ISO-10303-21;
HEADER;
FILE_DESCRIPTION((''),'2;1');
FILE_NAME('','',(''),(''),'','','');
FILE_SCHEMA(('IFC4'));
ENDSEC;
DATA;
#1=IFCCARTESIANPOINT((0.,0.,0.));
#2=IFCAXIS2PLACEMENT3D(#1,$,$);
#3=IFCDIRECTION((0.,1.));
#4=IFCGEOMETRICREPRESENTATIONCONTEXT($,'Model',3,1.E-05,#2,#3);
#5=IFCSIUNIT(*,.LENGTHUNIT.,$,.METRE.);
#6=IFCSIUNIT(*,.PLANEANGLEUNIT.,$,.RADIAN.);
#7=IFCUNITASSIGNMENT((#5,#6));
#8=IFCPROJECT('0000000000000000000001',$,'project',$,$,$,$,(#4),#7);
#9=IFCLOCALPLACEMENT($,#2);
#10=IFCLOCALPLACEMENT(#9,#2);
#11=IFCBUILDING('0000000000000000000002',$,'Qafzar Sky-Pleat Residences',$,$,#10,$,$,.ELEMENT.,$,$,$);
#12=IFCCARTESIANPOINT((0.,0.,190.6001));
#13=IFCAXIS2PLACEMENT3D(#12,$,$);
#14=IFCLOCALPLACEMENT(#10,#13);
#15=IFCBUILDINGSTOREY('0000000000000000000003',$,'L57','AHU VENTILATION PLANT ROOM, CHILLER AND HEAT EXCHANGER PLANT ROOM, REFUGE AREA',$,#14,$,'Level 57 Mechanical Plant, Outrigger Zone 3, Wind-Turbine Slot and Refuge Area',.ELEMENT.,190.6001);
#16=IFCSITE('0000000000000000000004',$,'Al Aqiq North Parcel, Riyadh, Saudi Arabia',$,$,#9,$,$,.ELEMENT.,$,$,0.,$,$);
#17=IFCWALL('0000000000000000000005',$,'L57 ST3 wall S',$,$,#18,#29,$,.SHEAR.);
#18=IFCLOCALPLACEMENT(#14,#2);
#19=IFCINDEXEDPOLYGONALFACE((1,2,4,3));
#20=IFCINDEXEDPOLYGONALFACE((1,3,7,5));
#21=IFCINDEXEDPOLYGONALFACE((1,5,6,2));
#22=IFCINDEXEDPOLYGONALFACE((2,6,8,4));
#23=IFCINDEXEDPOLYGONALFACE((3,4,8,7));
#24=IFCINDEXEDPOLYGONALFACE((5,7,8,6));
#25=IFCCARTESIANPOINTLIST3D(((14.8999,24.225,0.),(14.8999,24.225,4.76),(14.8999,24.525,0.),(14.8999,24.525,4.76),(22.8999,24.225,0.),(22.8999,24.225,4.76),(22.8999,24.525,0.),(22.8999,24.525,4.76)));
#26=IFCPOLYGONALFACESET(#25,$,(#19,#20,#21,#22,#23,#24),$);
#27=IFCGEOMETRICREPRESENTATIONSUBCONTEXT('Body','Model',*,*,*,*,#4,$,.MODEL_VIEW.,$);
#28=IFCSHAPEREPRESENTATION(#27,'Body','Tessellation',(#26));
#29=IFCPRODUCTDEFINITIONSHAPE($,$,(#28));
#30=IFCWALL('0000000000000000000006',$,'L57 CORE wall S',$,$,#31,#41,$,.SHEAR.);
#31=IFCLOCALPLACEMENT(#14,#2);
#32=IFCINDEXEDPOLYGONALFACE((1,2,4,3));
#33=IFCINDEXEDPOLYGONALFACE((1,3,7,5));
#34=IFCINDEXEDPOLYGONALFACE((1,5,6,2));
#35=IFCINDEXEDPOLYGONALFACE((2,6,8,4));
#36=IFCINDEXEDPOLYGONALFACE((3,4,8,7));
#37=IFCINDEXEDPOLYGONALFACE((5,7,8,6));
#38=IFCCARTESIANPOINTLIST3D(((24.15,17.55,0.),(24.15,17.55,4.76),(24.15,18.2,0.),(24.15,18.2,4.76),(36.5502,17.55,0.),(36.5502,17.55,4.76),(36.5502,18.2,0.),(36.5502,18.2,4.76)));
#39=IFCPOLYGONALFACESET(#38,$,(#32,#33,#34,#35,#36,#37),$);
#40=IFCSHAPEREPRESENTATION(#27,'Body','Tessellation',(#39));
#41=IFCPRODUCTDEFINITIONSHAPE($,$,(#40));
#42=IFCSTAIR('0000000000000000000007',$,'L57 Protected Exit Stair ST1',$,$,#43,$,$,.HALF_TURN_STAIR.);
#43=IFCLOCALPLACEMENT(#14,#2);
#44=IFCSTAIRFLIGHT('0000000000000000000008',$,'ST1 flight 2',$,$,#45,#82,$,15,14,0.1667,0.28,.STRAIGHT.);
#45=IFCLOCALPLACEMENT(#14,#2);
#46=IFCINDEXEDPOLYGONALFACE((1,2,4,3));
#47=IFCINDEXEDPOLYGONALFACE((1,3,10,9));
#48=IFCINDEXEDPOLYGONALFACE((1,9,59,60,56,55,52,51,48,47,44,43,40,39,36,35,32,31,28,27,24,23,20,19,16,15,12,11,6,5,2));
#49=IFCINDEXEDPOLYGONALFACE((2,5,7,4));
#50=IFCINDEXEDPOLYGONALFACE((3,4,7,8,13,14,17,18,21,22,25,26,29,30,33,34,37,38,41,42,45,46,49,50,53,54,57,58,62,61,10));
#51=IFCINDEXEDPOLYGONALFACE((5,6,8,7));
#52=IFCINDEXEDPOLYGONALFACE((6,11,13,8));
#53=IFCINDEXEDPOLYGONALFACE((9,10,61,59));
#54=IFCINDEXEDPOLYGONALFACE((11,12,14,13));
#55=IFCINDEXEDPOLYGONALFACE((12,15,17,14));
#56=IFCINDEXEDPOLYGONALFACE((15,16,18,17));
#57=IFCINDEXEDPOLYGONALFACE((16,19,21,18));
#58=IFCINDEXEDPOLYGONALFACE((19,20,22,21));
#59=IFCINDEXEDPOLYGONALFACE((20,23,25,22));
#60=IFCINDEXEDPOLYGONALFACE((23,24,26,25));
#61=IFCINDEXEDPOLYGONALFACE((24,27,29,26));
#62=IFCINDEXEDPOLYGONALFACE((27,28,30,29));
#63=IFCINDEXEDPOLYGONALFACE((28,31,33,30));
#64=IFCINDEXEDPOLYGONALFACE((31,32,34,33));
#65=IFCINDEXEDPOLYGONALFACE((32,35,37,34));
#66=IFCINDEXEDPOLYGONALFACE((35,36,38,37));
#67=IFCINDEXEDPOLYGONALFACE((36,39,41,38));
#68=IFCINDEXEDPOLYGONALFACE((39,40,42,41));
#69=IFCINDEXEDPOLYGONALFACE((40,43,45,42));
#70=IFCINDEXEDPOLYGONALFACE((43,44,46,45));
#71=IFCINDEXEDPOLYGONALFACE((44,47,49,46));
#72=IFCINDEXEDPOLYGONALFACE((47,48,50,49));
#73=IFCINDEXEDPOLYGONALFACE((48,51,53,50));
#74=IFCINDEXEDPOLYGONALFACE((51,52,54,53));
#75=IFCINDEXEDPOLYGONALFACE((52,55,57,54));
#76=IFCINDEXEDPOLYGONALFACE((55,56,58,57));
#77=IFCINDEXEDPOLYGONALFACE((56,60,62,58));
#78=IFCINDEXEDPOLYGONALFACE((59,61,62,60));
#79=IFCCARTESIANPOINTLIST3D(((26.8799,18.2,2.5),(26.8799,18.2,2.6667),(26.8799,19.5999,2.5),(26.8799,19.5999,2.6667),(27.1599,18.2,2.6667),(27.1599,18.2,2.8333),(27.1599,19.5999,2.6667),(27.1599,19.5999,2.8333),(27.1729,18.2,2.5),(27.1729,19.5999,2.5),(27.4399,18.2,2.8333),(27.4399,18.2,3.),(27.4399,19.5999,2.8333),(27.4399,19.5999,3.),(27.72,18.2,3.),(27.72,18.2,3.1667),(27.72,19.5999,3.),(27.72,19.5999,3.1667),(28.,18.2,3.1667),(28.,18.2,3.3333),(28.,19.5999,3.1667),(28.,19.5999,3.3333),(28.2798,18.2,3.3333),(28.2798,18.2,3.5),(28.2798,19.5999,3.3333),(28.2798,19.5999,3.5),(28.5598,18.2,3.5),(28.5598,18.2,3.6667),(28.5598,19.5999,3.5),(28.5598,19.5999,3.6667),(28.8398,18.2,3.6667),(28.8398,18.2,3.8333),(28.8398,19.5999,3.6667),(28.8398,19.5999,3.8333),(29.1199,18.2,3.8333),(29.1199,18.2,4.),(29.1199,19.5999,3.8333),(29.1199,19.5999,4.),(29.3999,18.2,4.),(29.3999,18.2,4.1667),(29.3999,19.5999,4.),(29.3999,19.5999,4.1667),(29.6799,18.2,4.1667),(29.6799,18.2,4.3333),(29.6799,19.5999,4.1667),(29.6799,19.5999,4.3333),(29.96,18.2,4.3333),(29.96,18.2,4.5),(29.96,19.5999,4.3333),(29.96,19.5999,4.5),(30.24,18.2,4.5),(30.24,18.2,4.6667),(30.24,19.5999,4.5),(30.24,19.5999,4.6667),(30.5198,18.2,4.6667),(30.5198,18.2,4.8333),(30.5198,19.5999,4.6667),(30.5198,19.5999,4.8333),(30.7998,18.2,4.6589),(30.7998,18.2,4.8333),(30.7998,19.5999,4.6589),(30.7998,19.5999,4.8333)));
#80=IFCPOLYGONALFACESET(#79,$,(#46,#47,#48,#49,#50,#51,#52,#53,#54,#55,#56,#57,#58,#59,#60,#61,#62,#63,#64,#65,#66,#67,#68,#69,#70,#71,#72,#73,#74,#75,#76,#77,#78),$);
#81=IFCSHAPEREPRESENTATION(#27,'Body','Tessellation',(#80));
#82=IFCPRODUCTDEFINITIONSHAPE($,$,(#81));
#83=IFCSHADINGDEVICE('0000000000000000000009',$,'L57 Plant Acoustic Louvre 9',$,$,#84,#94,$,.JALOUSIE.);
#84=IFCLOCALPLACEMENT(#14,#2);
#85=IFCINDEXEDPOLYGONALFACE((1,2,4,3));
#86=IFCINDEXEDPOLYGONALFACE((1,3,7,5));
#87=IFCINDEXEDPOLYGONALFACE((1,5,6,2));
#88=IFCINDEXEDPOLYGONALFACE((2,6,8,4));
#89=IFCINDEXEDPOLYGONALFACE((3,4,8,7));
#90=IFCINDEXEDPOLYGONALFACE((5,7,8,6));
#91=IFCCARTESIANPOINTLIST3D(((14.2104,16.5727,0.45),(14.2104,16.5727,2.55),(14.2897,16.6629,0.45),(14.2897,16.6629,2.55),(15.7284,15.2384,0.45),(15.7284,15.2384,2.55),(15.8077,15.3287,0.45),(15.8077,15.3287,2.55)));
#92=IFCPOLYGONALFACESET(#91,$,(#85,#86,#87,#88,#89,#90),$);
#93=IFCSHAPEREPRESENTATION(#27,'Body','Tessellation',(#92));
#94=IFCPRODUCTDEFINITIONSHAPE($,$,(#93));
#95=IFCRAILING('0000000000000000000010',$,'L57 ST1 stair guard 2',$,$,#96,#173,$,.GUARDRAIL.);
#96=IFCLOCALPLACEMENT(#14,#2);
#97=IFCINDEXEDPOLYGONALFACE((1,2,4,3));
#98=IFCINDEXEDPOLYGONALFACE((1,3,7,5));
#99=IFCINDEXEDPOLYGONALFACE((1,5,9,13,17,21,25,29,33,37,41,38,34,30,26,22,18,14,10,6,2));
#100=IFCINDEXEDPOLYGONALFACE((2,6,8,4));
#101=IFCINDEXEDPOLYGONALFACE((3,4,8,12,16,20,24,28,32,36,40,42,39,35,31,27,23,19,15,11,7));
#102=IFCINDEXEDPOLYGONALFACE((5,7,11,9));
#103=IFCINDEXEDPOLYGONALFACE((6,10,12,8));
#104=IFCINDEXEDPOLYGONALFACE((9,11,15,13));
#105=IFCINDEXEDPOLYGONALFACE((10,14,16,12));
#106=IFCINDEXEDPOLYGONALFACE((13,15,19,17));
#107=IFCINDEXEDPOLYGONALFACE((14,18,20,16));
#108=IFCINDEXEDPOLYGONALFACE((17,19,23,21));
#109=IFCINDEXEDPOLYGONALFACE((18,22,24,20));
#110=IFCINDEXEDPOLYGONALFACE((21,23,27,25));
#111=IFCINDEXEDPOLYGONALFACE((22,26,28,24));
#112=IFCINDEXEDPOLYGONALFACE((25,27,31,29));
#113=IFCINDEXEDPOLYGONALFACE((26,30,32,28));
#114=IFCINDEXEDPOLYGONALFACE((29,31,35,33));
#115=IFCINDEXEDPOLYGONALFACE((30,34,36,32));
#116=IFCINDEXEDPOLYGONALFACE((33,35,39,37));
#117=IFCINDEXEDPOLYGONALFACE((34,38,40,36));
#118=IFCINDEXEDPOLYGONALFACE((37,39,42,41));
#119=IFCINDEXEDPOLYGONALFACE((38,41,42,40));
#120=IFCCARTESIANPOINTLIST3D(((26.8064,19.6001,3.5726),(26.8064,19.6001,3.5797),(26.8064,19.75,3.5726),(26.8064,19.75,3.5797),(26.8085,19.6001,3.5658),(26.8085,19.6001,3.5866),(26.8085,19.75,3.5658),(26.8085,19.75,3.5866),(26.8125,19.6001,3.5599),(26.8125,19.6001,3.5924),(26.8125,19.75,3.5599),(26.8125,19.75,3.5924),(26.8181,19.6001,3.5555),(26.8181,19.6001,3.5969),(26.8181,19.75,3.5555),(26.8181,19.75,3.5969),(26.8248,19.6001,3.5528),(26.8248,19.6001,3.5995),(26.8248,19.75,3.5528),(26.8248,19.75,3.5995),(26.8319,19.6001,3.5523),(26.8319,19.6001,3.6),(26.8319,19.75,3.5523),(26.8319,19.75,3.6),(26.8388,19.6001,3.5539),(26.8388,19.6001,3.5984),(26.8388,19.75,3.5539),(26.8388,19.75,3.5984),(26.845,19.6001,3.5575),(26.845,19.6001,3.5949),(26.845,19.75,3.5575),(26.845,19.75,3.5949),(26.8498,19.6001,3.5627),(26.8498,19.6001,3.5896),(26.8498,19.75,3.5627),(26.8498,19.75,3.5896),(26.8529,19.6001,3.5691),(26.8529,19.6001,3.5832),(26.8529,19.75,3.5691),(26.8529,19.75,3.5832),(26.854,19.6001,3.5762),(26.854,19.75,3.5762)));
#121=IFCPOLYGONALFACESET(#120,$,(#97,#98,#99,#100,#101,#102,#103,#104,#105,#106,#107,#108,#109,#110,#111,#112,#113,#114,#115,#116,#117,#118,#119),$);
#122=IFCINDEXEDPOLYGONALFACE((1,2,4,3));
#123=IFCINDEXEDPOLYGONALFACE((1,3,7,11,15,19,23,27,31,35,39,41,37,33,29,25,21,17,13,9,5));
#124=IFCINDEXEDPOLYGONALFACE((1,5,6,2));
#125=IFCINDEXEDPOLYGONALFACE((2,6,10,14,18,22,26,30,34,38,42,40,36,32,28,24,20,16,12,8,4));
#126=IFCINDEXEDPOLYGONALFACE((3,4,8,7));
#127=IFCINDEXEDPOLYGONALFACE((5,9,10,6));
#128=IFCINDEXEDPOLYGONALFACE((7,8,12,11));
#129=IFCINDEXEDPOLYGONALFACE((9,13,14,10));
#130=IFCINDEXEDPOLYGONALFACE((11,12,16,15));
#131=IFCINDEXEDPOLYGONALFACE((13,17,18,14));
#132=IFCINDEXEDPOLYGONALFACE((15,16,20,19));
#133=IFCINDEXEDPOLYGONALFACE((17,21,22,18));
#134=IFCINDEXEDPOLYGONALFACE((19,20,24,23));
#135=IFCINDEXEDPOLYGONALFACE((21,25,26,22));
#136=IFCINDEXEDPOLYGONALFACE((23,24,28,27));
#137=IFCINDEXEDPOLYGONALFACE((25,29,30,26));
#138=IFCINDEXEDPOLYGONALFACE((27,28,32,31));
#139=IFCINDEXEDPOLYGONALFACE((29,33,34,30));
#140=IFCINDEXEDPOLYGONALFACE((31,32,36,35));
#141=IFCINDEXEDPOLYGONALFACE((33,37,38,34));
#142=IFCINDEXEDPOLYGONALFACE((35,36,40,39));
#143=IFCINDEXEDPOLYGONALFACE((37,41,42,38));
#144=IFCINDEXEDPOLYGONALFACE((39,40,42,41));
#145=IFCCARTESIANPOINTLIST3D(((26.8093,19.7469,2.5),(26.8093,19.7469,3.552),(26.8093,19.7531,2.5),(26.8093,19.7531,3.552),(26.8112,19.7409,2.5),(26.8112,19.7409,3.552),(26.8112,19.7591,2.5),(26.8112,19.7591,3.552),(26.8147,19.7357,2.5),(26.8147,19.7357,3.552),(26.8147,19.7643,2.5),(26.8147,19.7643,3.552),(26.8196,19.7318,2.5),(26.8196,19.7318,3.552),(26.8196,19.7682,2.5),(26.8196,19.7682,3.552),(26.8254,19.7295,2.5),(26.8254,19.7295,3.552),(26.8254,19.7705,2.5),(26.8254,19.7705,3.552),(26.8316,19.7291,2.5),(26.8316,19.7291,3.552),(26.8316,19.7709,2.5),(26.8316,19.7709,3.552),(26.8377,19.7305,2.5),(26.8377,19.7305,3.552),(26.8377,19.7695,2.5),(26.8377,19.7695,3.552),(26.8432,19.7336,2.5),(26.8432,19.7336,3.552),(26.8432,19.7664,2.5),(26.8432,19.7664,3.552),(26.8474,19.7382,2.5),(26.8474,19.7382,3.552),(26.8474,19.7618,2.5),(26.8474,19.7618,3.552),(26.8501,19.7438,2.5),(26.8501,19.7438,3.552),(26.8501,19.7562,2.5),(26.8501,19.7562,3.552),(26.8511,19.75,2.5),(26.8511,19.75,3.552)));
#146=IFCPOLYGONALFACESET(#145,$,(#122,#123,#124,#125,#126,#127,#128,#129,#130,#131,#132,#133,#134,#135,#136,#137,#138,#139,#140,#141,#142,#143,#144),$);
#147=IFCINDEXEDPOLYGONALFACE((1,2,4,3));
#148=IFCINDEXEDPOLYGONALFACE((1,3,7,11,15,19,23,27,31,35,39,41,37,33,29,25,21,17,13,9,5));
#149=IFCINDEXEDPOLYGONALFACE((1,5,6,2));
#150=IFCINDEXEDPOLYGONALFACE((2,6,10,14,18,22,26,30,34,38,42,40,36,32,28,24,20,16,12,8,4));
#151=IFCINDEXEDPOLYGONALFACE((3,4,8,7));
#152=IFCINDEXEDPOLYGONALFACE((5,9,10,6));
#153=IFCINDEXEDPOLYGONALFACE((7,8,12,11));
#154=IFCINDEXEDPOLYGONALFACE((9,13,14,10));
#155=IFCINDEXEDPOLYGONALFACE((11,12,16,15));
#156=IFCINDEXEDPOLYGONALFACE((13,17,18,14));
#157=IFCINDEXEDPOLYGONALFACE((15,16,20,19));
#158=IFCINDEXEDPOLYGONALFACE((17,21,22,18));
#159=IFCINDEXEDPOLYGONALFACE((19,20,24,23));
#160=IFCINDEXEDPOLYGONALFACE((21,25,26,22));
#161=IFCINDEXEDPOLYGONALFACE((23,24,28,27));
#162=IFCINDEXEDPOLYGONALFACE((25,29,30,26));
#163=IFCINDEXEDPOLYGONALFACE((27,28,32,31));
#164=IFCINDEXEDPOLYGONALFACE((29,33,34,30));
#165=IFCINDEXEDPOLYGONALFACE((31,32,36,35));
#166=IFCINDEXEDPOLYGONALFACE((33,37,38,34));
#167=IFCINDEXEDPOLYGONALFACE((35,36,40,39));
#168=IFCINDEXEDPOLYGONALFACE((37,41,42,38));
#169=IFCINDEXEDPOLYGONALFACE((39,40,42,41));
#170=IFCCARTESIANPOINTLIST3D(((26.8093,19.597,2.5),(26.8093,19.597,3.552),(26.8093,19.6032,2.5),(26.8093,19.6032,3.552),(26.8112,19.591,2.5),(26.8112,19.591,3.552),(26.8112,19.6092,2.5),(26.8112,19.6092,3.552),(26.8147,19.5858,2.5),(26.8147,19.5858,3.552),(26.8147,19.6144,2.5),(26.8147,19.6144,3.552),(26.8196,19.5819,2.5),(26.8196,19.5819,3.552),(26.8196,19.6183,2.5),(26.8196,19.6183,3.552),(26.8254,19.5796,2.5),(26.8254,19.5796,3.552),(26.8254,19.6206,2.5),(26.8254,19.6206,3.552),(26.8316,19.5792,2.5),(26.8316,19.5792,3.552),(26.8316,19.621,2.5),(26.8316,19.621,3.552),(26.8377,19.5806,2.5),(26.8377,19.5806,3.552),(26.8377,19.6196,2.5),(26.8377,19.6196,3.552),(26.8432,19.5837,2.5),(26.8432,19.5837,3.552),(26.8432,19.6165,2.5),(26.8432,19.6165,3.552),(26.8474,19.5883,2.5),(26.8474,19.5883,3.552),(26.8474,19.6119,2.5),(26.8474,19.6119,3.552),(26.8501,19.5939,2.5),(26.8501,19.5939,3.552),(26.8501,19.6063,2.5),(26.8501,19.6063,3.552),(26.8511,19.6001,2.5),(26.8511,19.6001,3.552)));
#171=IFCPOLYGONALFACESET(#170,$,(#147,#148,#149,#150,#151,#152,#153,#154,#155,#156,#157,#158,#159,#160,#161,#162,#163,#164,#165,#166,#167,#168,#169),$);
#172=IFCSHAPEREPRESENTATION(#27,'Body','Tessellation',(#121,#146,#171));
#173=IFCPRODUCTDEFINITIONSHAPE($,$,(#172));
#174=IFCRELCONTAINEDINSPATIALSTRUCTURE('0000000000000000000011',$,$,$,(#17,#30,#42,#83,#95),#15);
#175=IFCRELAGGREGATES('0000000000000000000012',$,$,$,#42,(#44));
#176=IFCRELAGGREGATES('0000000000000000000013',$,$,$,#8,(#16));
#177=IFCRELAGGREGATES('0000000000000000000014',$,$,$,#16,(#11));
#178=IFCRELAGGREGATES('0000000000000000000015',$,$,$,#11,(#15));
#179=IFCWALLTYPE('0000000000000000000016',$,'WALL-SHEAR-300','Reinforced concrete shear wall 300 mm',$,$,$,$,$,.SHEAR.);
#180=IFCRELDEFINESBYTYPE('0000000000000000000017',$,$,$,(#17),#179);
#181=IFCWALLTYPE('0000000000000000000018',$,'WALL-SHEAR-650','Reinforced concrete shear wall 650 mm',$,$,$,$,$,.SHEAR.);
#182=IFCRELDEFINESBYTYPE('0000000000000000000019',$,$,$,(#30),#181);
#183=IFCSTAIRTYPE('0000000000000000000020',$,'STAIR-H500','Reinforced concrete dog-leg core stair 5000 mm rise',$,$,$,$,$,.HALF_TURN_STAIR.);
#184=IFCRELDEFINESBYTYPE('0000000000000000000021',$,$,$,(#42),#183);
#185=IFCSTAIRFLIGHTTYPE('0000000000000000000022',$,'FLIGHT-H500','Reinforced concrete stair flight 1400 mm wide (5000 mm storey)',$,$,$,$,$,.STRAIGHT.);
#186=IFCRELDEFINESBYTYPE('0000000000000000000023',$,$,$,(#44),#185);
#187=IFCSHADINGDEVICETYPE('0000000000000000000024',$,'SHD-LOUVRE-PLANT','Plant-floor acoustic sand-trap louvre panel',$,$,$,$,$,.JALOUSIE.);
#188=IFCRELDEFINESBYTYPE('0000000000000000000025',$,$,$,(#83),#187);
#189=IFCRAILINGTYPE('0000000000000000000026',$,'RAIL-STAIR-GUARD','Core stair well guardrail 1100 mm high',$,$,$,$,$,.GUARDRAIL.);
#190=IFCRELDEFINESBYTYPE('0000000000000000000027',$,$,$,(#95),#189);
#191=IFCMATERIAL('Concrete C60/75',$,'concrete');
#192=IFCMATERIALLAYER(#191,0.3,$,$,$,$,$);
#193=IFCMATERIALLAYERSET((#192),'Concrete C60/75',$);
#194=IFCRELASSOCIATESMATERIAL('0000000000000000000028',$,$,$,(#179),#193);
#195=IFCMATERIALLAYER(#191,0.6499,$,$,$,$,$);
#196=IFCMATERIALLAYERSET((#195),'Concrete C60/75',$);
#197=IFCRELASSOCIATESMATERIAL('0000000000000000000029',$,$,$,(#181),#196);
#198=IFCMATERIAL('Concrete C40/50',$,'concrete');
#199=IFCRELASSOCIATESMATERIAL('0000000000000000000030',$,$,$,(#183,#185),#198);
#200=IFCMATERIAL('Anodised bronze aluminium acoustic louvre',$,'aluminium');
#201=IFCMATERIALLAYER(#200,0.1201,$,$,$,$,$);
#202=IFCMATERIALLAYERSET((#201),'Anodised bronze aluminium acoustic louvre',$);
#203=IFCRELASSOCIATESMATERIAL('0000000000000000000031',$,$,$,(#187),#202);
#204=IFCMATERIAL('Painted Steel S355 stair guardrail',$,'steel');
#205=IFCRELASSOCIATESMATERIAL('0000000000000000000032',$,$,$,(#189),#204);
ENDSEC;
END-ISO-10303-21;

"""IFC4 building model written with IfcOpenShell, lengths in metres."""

from ifc_helpers import new_model, si_unit, direction, frame, frame_2d, origin, origin_2d, place, context, subcontext, project, spatial, polyline, rectangle, circle, outline, extrude, source, transform, mapped, material, layer, layer_set, type_object, element, aggregate, save


model = new_model("IFC4")

# Units and contexts
model_context = context("Model", 3, precision=1e-05, world=origin(), true_north=direction((0.0, 1.0)))
body_context = subcontext(model_context, "Body", "Model", "MODEL_VIEW")
ifc_project = project(units=[si_unit("LENGTHUNIT", "METRE"), si_unit("PLANEANGLEUNIT", "RADIAN")], contexts=[model_context])

# Site, building, storey
site_placement = place(None, origin())
site = spatial("IfcSite", under=ifc_project, at=site_placement, Name="Al Aqiq North Parcel, Riyadh, Saudi Arabia", CompositionType="ELEMENT", RefElevation=0.0)
building_placement = place(site_placement, origin())
building = spatial("IfcBuilding", under=site, at=building_placement, Name="Qafzar Sky-Pleat Residences", CompositionType="ELEMENT")
storey_placement = place(building_placement, frame((0.0, 0.0, 190.6001)))
storey = spatial("IfcBuildingStorey", under=building, at=storey_placement, Name="L57", Description="AHU VENTILATION PLANT ROOM, CHILLER AND HEAT EXCHANGER PLANT ROOM, REFUGE AREA", LongName="Level 57 Mechanical Plant, Outrigger Zone 3, Wind-Turbine Slot and Refuge Area", CompositionType="ELEMENT", Elevation=190.6001)

# Shared definitions
ifc_material_1 = material(Name="Concrete C60/75", Category="concrete")
ifc_layer_1 = layer(ifc_material_1, 0.3)
ifc_layer_set_1 = layer_set([ifc_layer_1], Name="Concrete C60/75")
wall_type_1 = type_object("IfcWallType", Name="WALL-SHEAR-300", Description="Reinforced concrete shear wall 300 mm", PredefinedType="SHEAR", material=ifc_layer_set_1)

# Wall
wall_1_placement = place(storey_placement, frame((14.8999, 24.375, 0.0), z_axis=(0.0, 0.0, 1.0), x_axis=(1.0, 0.0, 0.0)))
element("IfcWall", 1, at=wall_1_placement, inside=storey, type_object=wall_type_1, Name="L57 ST3 wall S", PredefinedType="SHEAR", context=body_context, shape_type="SweptSolid", body=[
    extrude(rectangle(XDim=8.0, YDim=0.3, at=frame_2d((4.0, 0.0))), origin(), (0.0, 0.0, 1.0), 4.76),
])

# Wall
ifc_layer_2 = layer(ifc_material_1, 0.6499)
ifc_layer_set_2 = layer_set([ifc_layer_2], Name="Concrete C60/75")
wall_type_2 = type_object("IfcWallType", Name="WALL-SHEAR-650", Description="Reinforced concrete shear wall 650 mm", PredefinedType="SHEAR", material=ifc_layer_set_2)
wall_2_placement = place(storey_placement, frame((24.1499, 17.875, 0.0), z_axis=(0.0, 0.0, 1.0), x_axis=(1.0, 0.0, 0.0)))
element("IfcWall", 2, at=wall_2_placement, inside=storey, type_object=wall_type_2, Name="L57 CORE wall S", PredefinedType="SHEAR", context=body_context, shape_type="SweptSolid", body=[
    extrude(rectangle(XDim=12.4001, YDim=0.6499, at=frame_2d((6.2002, 0.0))), origin(), (0.0, 0.0, 1.0), 4.76),
])

# Stair, stair flight
ifc_material_2 = material(Name="Concrete C40/50", Category="concrete")
stair_type = type_object("IfcStairType", Name="STAIR-H500", Description="Reinforced concrete dog-leg core stair 5000 mm rise", PredefinedType="HALF_TURN_STAIR", material=ifc_material_2)
stair_placement = place(storey_placement, origin())
stair = element("IfcStair", 3, at=stair_placement, inside=storey, type_object=stair_type, Name="L57 Protected Exit Stair ST1", PredefinedType="HALF_TURN_STAIR")
stair_flight_type = type_object("IfcStairFlightType", Name="FLIGHT-H500", Description="Reinforced concrete stair flight 1400 mm wide (5000 mm storey)", PredefinedType="STRAIGHT", material=ifc_material_2)
shared_shape_1 = source(origin(), body_context, "Body", "SweptSolid", [
    extrude(outline(polyline([(0.0, 0.0), (0.0, 0.1667), (0.28, 0.1667), (0.28, 0.3333), (0.5601, 0.3333), (0.5601, 0.5), (0.8401, 0.5), (0.8401, 0.6667), (1.1201, 0.6667), (1.1201, 0.8333), (1.3999, 0.8333), (1.3999, 1.0), (1.6799, 1.0), (1.6799, 1.1667), (1.96, 1.1667), (1.96, 1.3333), (2.24, 1.3333), (2.24, 1.5), (2.52, 1.5), (2.52, 1.6667), (2.8, 1.6667), (2.8, 1.8333), (3.0801, 1.8333), (3.0801, 2.0), (3.3601, 2.0), (3.3601, 2.1667), (3.6399, 2.1667), (3.6399, 2.3333), (3.9199, 2.3333), (3.9199, 2.5), (3.9199, 2.1589), (0.293, 0.0), (0.0, 0.0)])), frame((0.0, 0.7, 0.0), z_axis=(0.0, -1.0, 0.0), x_axis=(1.0, 0.0, 0.0)), (0.0, 0.0, 1.0), 1.3999),
])
stair_flight_placement = place(storey_placement, frame((26.8799, 18.8999, 2.5), z_axis=(0.0, 0.0, 1.0), x_axis=(1.0, 0.0, 0.0)))
stair_flight = element("IfcStairFlight", 4, at=stair_flight_placement, type_object=stair_flight_type, Name="ST1 flight 2", NumberOfRisers=15, NumberOfTreads=14, PredefinedType="STRAIGHT", RiserHeight=0.1667, TreadLength=0.28, context=body_context, shape_type="MappedRepresentation", body=[
    mapped(shared_shape_1, transform((0.0, 0.0, 0.0), x_axis=(1.0, 0.0, 0.0), y_axis=(0.0, 1.0, 0.0), z_axis=(0.0, 0.0, 1.0), scale=1.0)),
])
aggregate(stair, [stair_flight])

# Shading device
ifc_material_3 = material(Name="Anodised bronze aluminium acoustic louvre", Category="aluminium")
ifc_layer_3 = layer(ifc_material_3, 0.1201)
ifc_layer_set_3 = layer_set([ifc_layer_3], Name="Anodised bronze aluminium acoustic louvre")
shading_device_type = type_object("IfcShadingDeviceType", Name="SHD-LOUVRE-PLANT", Description="Plant-floor acoustic sand-trap louvre panel", PredefinedType="JALOUSIE", material=ifc_layer_set_3)
shared_shape_2 = source(origin(), body_context, "Body", "SweptSolid", [
    extrude(rectangle(XDim=2.021, YDim=0.1201, at=origin_2d()), origin(), (0.0, 0.0, 1.0), 2.1001),
])
shading_device_placement = place(storey_placement, frame((15.009, 15.9507, 0.45), z_axis=(0.0, 0.0, 1.0), x_axis=(0.751091, -0.660199, 0.0)))
element("IfcShadingDevice", 5, at=shading_device_placement, inside=storey, type_object=shading_device_type, Name="L57 Plant Acoustic Louvre 9", PredefinedType="JALOUSIE", context=body_context, shape_type="MappedRepresentation", body=[
    mapped(shared_shape_2, transform((0.0, 0.0, 0.0), x_axis=(1.0, 0.0, 0.0), y_axis=(0.0, 1.0, 0.0), z_axis=(0.0, 0.0, 1.0), scale=1.0)),
])

# Railing
ifc_material_4 = material(Name="Painted Steel S355 stair guardrail", Category="steel")
railing_type_1 = type_object("IfcRailingType", Name="RAIL-STAIR-GUARD", Description="Core stair well guardrail 1100 mm high", PredefinedType="GUARDRAIL", material=ifc_material_4)
shared_shape_3 = source(origin(), body_context, "Body", "SweptSolid", [
    extrude(circle(Radius=0.0239, at=origin_2d()), frame((0.0, 0.0, 1.0762), z_axis=(0.0, -1.0, 0.0), x_axis=(1.0, 0.0, 0.0)), (0.0, 0.0, 1.0), 0.1499),
    extrude(circle(Radius=0.021, at=origin_2d()), origin(), (0.0, 0.0, 1.0), 1.052),
    extrude(circle(Radius=0.021, at=origin_2d()), frame((0.0, -0.1499, 0.0)), (0.0, 0.0, 1.0), 1.052),
])
railing_1_placement = place(storey_placement, frame((26.8301, 19.75, 2.5)))
element("IfcRailing", 6, at=railing_1_placement, inside=storey, type_object=railing_type_1, Name="L57 ST1 stair guard 2", PredefinedType="GUARDRAIL", context=body_context, shape_type="MappedRepresentation", body=[
    mapped(shared_shape_3, transform((0.0, 0.0, 0.0), x_axis=(1.0, 0.0, 0.0), y_axis=(0.0, 1.0, 0.0), z_axis=(0.0, 0.0, 1.0), scale=1.0)),
])

save(model, "model.ifc")
